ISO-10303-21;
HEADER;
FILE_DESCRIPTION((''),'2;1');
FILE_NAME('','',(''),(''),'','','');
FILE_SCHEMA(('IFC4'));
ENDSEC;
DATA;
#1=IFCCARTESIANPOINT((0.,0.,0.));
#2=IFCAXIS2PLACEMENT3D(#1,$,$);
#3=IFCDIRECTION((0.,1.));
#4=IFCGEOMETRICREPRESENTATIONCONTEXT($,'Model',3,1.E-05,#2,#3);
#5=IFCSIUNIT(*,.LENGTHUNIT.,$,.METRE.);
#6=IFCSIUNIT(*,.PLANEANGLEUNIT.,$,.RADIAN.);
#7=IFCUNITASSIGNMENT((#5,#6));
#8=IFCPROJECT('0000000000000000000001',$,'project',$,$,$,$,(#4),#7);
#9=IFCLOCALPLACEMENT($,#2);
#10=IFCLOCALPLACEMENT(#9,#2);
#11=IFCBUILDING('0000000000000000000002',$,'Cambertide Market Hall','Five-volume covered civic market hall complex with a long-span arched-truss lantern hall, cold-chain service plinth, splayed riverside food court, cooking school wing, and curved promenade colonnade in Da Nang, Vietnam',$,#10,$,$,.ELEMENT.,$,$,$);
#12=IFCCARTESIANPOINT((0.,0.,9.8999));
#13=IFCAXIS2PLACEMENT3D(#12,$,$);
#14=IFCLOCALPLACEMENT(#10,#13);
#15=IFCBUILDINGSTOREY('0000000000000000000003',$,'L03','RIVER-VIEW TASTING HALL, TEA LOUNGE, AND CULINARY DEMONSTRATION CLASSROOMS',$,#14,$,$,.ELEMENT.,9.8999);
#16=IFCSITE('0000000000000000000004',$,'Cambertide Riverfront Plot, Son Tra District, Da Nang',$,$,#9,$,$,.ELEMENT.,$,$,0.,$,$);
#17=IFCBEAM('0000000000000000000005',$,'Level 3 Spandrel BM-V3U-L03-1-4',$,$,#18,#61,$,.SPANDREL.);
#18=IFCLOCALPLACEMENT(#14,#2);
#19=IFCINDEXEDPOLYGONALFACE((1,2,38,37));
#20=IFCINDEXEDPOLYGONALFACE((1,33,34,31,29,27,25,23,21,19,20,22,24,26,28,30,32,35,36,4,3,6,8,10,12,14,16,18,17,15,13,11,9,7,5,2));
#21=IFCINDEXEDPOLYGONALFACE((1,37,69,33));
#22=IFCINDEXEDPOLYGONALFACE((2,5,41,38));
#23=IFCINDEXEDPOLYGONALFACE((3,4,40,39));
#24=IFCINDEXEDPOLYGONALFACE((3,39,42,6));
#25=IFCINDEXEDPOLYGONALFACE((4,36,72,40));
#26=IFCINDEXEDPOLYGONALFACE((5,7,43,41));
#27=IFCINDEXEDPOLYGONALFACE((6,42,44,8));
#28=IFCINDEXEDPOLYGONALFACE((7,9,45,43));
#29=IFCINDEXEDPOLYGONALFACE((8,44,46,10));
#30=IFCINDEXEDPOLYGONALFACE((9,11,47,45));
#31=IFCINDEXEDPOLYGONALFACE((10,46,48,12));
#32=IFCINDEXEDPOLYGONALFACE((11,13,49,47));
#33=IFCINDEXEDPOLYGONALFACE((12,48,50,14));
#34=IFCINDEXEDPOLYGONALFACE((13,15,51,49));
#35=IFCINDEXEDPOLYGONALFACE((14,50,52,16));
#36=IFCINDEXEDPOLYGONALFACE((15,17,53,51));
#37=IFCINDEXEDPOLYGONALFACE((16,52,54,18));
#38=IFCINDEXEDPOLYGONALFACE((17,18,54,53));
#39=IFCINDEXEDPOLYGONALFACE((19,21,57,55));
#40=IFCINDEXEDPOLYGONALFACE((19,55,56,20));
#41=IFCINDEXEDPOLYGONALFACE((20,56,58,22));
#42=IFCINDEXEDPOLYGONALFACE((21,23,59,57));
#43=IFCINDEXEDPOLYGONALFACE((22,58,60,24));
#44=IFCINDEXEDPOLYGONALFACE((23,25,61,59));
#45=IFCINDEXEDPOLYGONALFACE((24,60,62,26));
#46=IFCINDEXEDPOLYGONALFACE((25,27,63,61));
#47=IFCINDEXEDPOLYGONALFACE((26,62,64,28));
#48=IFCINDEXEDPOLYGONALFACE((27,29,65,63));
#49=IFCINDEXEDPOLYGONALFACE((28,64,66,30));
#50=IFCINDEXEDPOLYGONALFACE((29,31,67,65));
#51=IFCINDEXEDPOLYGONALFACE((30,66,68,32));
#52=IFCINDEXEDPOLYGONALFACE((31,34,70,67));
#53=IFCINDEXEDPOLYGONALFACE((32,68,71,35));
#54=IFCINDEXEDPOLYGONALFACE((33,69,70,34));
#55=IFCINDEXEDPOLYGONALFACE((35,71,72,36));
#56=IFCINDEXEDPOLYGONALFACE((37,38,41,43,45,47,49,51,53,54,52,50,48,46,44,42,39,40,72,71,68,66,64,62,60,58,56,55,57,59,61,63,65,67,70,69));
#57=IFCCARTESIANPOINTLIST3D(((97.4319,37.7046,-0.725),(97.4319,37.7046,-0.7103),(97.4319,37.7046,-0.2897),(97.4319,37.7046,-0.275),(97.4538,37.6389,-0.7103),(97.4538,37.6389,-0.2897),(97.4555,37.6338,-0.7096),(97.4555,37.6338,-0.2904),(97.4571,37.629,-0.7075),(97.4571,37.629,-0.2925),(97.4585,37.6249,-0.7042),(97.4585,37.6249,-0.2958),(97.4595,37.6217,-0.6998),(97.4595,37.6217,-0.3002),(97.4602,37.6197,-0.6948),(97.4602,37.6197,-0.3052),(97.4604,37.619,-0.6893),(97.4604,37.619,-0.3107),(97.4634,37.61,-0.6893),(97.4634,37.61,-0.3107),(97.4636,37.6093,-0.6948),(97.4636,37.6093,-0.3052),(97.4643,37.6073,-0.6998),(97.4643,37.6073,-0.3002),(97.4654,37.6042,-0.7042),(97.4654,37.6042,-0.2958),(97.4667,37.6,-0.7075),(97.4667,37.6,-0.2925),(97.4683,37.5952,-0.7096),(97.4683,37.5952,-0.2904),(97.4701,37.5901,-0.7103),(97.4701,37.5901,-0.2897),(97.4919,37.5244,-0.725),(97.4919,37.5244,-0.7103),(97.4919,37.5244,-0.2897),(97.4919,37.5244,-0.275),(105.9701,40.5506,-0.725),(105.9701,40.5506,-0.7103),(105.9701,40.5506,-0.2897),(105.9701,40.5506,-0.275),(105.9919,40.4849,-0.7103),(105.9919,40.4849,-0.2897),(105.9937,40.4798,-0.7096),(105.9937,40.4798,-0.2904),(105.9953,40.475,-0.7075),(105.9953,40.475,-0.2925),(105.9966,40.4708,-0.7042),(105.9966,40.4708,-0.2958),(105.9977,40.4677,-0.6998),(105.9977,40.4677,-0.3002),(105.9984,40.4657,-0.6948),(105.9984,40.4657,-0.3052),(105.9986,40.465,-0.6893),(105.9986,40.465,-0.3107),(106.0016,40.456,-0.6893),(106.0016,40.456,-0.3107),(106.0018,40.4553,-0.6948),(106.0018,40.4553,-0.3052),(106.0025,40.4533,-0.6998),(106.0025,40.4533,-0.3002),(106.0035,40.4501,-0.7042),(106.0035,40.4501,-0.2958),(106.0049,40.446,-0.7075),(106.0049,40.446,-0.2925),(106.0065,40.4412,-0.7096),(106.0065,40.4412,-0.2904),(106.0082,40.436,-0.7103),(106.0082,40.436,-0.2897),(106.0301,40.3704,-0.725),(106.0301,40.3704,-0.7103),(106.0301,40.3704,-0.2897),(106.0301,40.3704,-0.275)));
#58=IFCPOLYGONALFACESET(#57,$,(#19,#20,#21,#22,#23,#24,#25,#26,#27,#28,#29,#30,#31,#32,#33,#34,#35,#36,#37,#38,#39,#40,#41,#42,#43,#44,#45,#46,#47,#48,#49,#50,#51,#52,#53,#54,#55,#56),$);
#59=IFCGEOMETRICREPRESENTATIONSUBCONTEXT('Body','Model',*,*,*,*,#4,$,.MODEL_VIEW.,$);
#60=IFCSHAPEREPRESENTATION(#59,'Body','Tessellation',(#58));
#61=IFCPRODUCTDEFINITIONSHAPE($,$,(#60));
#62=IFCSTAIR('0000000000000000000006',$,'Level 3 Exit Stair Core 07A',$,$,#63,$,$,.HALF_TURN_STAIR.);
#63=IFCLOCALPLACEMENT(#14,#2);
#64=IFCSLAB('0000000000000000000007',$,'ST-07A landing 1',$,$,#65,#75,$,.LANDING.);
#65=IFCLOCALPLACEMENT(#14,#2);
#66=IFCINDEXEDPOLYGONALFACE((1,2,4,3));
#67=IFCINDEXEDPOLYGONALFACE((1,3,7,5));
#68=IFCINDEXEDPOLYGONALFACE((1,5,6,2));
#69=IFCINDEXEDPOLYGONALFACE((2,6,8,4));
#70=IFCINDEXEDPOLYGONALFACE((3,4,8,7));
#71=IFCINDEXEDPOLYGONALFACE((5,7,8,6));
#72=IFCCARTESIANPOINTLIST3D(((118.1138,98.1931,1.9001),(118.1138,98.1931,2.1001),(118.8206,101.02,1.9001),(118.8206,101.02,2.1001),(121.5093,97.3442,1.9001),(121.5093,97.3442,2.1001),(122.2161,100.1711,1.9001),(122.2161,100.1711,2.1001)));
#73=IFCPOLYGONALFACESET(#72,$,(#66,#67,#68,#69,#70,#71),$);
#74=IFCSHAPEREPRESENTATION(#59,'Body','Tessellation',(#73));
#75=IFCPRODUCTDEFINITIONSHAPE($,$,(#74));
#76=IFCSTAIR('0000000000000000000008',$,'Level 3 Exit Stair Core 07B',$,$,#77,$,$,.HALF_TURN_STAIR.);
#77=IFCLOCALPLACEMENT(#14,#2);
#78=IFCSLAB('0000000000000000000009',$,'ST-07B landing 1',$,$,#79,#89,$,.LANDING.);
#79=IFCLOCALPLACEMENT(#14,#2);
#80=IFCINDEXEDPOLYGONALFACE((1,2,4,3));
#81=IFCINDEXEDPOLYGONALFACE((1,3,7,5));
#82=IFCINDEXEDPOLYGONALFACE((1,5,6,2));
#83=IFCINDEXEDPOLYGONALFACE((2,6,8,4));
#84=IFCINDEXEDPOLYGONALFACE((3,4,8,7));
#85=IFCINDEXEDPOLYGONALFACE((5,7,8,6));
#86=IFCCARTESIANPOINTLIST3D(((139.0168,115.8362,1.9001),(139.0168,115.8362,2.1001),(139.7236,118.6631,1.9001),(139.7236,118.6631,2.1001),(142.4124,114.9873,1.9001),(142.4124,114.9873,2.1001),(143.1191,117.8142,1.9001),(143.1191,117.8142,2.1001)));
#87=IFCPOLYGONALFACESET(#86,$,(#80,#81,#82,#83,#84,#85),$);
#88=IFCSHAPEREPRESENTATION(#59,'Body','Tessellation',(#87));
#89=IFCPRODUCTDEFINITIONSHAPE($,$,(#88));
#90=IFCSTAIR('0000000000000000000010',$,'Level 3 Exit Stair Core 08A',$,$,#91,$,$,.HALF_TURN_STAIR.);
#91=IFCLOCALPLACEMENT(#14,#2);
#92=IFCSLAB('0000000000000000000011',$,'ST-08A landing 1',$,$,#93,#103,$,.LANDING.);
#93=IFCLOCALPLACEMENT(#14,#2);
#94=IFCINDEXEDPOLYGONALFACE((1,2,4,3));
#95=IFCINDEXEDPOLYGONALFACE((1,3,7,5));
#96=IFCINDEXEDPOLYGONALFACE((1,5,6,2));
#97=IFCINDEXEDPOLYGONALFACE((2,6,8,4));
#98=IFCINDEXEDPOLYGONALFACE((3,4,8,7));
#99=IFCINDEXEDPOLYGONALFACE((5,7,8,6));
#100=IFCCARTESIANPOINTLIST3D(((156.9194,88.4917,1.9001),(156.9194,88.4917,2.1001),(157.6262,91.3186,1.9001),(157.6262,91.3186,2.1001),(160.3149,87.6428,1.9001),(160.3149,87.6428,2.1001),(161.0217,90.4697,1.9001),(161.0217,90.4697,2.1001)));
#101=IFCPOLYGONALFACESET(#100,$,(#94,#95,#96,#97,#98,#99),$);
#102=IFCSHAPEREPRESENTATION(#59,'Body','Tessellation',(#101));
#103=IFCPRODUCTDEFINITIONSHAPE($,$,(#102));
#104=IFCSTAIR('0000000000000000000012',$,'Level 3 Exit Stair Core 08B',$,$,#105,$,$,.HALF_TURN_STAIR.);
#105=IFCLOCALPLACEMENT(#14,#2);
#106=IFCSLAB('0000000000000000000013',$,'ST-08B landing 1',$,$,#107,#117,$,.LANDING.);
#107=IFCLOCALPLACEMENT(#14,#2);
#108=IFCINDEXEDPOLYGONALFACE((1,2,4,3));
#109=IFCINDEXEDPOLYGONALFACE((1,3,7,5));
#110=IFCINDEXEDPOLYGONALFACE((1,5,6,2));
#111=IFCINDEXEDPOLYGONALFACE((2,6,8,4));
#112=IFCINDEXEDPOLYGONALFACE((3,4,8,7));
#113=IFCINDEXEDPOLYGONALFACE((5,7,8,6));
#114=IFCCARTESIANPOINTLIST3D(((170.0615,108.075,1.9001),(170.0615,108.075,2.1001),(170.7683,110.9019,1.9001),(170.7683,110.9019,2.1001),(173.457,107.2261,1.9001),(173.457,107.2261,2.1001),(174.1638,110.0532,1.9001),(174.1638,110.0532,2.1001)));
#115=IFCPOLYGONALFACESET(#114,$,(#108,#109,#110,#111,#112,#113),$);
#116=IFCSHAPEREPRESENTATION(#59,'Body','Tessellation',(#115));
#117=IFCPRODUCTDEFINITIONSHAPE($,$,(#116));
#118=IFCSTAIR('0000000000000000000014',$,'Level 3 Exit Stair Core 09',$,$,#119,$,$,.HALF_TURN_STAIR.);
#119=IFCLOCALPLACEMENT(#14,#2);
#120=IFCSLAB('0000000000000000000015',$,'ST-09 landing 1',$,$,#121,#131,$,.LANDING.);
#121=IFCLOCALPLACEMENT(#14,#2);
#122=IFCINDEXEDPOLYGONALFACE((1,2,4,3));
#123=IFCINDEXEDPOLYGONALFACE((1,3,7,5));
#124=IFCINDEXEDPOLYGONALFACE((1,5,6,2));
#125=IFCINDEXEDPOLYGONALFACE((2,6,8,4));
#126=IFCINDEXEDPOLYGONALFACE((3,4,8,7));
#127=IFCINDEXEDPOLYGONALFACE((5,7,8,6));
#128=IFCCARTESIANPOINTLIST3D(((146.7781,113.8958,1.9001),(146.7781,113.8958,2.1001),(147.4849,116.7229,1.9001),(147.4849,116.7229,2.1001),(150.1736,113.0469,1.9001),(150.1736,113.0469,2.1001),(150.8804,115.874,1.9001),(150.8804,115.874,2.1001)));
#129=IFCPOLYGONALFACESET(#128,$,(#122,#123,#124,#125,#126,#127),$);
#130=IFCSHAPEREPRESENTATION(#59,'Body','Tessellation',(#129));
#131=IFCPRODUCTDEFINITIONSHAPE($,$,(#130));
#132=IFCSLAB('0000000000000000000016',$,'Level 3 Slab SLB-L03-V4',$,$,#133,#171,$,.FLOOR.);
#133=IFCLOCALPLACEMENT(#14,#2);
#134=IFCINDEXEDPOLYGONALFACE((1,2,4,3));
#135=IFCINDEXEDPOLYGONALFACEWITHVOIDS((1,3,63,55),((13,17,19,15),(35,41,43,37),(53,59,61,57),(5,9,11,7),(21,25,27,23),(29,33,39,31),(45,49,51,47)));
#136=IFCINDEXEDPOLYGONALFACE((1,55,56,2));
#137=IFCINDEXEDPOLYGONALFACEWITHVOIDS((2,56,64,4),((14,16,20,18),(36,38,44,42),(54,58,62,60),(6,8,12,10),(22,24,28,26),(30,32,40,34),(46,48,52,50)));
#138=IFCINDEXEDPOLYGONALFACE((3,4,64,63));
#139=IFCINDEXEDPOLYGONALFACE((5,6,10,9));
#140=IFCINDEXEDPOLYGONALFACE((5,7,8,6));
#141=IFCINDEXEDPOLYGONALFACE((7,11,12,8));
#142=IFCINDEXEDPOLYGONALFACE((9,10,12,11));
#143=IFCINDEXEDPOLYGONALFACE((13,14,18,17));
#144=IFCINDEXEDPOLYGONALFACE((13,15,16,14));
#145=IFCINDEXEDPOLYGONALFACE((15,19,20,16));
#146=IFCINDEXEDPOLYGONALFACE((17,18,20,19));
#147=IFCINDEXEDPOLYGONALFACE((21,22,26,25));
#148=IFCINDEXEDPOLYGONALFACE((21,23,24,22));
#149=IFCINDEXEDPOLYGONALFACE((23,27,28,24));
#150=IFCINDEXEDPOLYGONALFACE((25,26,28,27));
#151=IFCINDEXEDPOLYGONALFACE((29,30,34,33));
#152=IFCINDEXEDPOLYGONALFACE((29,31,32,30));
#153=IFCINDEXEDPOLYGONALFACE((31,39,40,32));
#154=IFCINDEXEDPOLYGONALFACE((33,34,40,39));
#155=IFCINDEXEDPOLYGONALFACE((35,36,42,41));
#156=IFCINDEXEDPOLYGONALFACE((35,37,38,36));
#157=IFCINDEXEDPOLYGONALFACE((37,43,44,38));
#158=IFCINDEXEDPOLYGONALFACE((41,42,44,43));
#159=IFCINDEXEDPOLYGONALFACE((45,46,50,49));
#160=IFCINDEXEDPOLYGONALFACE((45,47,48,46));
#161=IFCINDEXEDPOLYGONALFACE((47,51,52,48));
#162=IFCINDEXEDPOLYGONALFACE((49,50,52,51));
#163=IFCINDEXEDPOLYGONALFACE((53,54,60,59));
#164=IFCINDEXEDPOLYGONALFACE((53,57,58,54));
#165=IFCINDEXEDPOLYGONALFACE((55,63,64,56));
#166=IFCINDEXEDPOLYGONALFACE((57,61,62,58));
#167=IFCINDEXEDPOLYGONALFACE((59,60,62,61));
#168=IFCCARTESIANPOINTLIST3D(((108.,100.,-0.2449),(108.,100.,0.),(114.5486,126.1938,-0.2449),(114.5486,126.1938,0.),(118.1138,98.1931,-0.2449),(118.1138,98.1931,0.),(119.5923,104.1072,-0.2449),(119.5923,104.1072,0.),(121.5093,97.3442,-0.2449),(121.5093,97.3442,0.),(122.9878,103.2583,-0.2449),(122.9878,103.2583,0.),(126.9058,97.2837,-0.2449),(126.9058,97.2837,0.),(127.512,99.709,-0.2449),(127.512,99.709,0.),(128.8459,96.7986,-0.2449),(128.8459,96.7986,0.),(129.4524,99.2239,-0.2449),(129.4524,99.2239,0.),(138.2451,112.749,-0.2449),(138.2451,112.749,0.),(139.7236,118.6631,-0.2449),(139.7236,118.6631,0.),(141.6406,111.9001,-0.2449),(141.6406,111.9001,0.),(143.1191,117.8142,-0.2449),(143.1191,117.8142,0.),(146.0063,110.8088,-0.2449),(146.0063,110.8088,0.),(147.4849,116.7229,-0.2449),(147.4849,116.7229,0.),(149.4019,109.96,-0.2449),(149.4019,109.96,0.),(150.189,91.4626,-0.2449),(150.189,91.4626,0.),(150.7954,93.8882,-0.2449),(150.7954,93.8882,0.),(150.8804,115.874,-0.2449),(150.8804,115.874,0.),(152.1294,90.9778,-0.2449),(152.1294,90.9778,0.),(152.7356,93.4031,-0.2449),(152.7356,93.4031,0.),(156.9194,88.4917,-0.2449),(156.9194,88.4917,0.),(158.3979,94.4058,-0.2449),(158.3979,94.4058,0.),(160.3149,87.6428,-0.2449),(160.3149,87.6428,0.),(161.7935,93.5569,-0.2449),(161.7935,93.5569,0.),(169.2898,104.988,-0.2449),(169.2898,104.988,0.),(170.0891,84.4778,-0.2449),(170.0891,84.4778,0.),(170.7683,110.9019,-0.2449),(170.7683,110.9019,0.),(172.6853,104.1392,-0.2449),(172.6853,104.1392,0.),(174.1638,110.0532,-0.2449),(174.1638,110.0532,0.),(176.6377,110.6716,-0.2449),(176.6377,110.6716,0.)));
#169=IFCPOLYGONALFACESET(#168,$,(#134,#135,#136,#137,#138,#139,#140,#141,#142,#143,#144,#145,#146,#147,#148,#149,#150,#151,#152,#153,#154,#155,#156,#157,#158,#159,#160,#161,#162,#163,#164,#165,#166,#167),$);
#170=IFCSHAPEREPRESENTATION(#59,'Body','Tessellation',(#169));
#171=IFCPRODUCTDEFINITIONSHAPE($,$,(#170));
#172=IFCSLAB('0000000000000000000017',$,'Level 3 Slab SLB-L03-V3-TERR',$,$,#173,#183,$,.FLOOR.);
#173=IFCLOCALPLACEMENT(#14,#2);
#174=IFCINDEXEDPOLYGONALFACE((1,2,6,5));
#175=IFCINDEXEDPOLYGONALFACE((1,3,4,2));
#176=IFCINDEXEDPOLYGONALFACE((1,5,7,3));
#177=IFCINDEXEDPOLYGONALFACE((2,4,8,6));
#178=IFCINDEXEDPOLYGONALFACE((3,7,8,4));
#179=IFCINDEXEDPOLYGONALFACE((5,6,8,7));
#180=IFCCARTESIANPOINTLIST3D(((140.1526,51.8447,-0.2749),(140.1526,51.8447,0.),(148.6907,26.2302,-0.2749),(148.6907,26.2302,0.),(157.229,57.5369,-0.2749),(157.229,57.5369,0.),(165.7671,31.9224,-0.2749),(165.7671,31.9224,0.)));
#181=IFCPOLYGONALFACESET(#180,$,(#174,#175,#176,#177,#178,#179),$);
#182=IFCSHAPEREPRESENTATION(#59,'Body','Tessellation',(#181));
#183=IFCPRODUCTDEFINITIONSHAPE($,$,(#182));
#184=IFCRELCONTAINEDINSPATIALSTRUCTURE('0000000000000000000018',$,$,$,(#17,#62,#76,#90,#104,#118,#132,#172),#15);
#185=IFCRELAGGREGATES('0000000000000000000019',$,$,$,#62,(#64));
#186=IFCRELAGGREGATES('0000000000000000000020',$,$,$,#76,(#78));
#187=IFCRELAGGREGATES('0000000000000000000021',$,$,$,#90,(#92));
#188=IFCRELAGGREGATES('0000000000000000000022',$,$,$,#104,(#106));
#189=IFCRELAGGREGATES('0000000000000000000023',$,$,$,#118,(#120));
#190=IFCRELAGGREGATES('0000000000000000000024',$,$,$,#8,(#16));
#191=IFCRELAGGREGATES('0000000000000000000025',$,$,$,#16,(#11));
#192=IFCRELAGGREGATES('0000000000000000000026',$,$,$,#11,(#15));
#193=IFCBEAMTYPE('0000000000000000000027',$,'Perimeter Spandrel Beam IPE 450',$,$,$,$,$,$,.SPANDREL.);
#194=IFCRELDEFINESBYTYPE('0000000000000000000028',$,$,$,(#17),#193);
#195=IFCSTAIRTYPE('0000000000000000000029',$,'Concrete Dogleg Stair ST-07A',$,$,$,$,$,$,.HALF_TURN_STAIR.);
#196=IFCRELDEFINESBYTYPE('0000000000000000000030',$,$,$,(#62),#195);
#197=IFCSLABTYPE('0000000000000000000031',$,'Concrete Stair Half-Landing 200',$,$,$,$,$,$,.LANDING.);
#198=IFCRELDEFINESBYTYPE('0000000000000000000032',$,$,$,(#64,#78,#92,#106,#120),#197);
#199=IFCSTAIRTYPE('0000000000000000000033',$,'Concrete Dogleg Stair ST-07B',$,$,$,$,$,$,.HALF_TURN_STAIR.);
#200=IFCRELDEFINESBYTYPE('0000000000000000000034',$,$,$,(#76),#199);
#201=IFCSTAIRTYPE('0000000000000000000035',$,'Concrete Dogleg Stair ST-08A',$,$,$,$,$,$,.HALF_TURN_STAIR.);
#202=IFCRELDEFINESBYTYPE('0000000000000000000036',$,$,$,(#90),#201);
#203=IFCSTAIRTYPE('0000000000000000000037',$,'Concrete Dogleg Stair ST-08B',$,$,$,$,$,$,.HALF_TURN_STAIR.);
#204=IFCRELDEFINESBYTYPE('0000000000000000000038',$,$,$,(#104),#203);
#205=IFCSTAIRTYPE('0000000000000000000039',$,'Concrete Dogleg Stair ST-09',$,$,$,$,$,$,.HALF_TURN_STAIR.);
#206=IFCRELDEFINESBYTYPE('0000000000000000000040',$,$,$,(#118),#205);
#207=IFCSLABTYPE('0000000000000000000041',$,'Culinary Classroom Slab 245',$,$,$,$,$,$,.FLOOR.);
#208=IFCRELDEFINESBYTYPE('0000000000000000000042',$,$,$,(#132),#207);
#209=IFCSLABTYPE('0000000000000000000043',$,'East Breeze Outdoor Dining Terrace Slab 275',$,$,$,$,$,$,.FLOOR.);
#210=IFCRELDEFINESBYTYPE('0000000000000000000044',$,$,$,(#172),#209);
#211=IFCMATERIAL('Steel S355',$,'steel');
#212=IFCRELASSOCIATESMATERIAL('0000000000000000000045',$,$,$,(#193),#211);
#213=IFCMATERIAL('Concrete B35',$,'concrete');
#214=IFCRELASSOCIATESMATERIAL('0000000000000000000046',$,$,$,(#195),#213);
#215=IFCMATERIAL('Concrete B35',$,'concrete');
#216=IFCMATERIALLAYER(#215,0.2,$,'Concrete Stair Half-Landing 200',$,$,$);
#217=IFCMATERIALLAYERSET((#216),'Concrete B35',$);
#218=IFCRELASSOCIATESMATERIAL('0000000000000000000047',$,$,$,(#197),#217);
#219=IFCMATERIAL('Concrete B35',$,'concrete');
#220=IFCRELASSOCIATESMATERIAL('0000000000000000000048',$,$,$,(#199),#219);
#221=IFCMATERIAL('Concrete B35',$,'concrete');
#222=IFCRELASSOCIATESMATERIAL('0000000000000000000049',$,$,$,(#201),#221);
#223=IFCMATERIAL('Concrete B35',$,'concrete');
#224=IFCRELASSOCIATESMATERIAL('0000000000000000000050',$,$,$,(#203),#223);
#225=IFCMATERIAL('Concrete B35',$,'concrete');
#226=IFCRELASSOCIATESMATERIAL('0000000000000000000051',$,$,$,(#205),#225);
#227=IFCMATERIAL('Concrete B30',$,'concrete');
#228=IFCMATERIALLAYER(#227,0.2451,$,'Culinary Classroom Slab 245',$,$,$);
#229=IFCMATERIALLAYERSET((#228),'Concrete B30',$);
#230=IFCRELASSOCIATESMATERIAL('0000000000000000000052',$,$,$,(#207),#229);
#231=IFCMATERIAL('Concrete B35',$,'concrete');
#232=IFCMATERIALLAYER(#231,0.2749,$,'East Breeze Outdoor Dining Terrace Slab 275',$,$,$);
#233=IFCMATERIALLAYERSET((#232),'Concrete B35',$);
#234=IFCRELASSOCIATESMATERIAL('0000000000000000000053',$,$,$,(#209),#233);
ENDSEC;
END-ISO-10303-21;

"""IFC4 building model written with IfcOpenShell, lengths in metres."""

from ifc_helpers import new_model, si_unit, direction, frame, origin, origin_2d, place, context, subcontext, project, spatial, polyline, i_section, outline, extrude, material, layer, layer_set, material_profile, profile_set, type_object, element, aggregate, save


model = new_model("IFC4")

# Units and contexts
model_context = context("Model", 3, precision=1e-05, world=origin(), true_north=direction((0.0, 1.0)))
body_context = subcontext(model_context, "Body", "Model", "MODEL_VIEW")
ifc_project = project(units=[si_unit("LENGTHUNIT", "METRE"), si_unit("PLANEANGLEUNIT", "RADIAN")], contexts=[model_context])

# Site, building, storey
site_placement = place(None, origin())
site = spatial("IfcSite", under=ifc_project, at=site_placement, Name="Cambertide Riverfront Plot, Son Tra District, Da Nang", CompositionType="ELEMENT", RefElevation=0.0)
building_placement = place(site_placement, origin())
building = spatial("IfcBuilding", under=site, at=building_placement, Name="Cambertide Market Hall", Description="Five-volume covered civic market hall complex with a long-span arched-truss lantern hall, cold-chain service plinth, splayed riverside food court, cooking school wing, and curved promenade colonnade in Da Nang, Vietnam", CompositionType="ELEMENT")
storey_placement = place(building_placement, frame((0.0, 0.0, 9.8999)))
storey = spatial("IfcBuildingStorey", under=building, at=storey_placement, Name="L03", Description="RIVER-VIEW TASTING HALL, TEA LOUNGE, AND CULINARY DEMONSTRATION CLASSROOMS", CompositionType="ELEMENT", Elevation=9.8999)

# Beam
ifc_material_1 = material(Name="Steel S355", Category="steel")
ifc_material_profile_1 = material_profile(ifc_material_1, i_section(OverallWidth=0.1899, OverallDepth=0.45, WebThickness=0.0095, FlangeThickness=0.0146, FilletRadius=0.021, at=origin_2d()), Name="IPE 450")
ifc_profile_set_1 = profile_set([ifc_material_profile_1], Name="Steel S355")
beam_type_1 = type_object("IfcBeamType", Name="Perimeter Spandrel Beam IPE 450", PredefinedType="SPANDREL", material=ifc_profile_set_1)
beam_1_placement = place(storey_placement, frame((97.4619, 37.6145, -0.5), z_axis=(0.948686, 0.31622, 0.0), x_axis=(-0.31622, 0.948686, 0.0)))
element("IfcBeam", 1, at=beam_1_placement, inside=storey, type_object=beam_type_1, Name="Level 3 Spandrel BM-V3U-L03-1-4", PredefinedType="SPANDREL", context=body_context, shape_type="SweptSolid", body=[
    extrude(i_section(OverallWidth=0.1899, OverallDepth=0.45, WebThickness=0.0095, FlangeThickness=0.0146, FilletRadius=0.021, at=origin_2d()), origin(), (0.0, 0.0, 1.0), 9.0),
])

# Stairs, slabs
ifc_material_2 = material(Name="Concrete B35", Category="concrete")
stair_type_1 = type_object("IfcStairType", Name="Concrete Dogleg Stair ST-07A", PredefinedType="HALF_TURN_STAIR", material=ifc_material_2)
stair_1_placement = place(storey_placement, origin())
stair_1 = element("IfcStair", 2, at=stair_1_placement, inside=storey, type_object=stair_type_1, Name="Level 3 Exit Stair Core 07A", PredefinedType="HALF_TURN_STAIR")
ifc_material_3 = material(Name="Concrete B35", Category="concrete")
ifc_layer_1 = layer(ifc_material_3, 0.2, Name="Concrete Stair Half-Landing 200")
ifc_layer_set_1 = layer_set([ifc_layer_1], Name="Concrete B35")
slab_type_1 = type_object("IfcSlabType", Name="Concrete Stair Half-Landing 200", PredefinedType="LANDING", material=ifc_layer_set_1)
slab_1_placement = place(storey_placement, frame((0.0, 0.0, 1.9001)))
slab_1 = element("IfcSlab", 3, at=slab_1_placement, type_object=slab_type_1, Name="ST-07A landing 1", PredefinedType="LANDING", context=body_context, shape_type="SweptSolid", body=[
    extrude(outline(polyline([(118.8206, 101.02), (118.1138, 98.1931), (121.5093, 97.3442), (122.2161, 100.1711), (118.8206, 101.02)])), origin(), (0.0, 0.0, 1.0), 0.2),
])
aggregate(stair_1, [slab_1])
ifc_material_4 = material(Name="Concrete B35", Category="concrete")
stair_type_2 = type_object("IfcStairType", Name="Concrete Dogleg Stair ST-07B", PredefinedType="HALF_TURN_STAIR", material=ifc_material_4)
stair_2_placement = place(storey_placement, origin())
stair_2 = element("IfcStair", 4, at=stair_2_placement, inside=storey, type_object=stair_type_2, Name="Level 3 Exit Stair Core 07B", PredefinedType="HALF_TURN_STAIR")
slab_2_placement = place(storey_placement, frame((0.0, 0.0, 1.9001)))
slab_2 = element("IfcSlab", 5, at=slab_2_placement, type_object=slab_type_1, Name="ST-07B landing 1", PredefinedType="LANDING", context=body_context, shape_type="SweptSolid", body=[
    extrude(outline(polyline([(142.4124, 114.9873), (143.1191, 117.8142), (139.7236, 118.6631), (139.0168, 115.8362), (142.4124, 114.9873)])), origin(), (0.0, 0.0, 1.0), 0.2),
])
aggregate(stair_2, [slab_2])
ifc_material_5 = material(Name="Concrete B35", Category="concrete")
stair_type_3 = type_object("IfcStairType", Name="Concrete Dogleg Stair ST-08A", PredefinedType="HALF_TURN_STAIR", material=ifc_material_5)
stair_3_placement = place(storey_placement, origin())
stair_3 = element("IfcStair", 6, at=stair_3_placement, inside=storey, type_object=stair_type_3, Name="Level 3 Exit Stair Core 08A", PredefinedType="HALF_TURN_STAIR")
slab_3_placement = place(storey_placement, frame((0.0, 0.0, 1.9001)))
slab_3 = element("IfcSlab", 7, at=slab_3_placement, type_object=slab_type_1, Name="ST-08A landing 1", PredefinedType="LANDING", context=body_context, shape_type="SweptSolid", body=[
    extrude(outline(polyline([(157.6262, 91.3186), (156.9194, 88.4917), (160.3149, 87.6428), (161.0217, 90.4697), (157.6262, 91.3186)])), origin(), (0.0, 0.0, 1.0), 0.2),
])
aggregate(stair_3, [slab_3])
ifc_material_6 = material(Name="Concrete B35", Category="concrete")
stair_type_4 = type_object("IfcStairType", Name="Concrete Dogleg Stair ST-08B", PredefinedType="HALF_TURN_STAIR", material=ifc_material_6)
stair_4_placement = place(storey_placement, origin())
stair_4 = element("IfcStair", 8, at=stair_4_placement, inside=storey, type_object=stair_type_4, Name="Level 3 Exit Stair Core 08B", PredefinedType="HALF_TURN_STAIR")
slab_4_placement = place(storey_placement, frame((0.0, 0.0, 1.9001)))
slab_4 = element("IfcSlab", 9, at=slab_4_placement, type_object=slab_type_1, Name="ST-08B landing 1", PredefinedType="LANDING", context=body_context, shape_type="SweptSolid", body=[
    extrude(outline(polyline([(173.457, 107.2261), (174.1638, 110.0532), (170.7683, 110.9019), (170.0615, 108.075), (173.457, 107.2261)])), origin(), (0.0, 0.0, 1.0), 0.2),
])
aggregate(stair_4, [slab_4])
ifc_material_7 = material(Name="Concrete B35", Category="concrete")
stair_type_5 = type_object("IfcStairType", Name="Concrete Dogleg Stair ST-09", PredefinedType="HALF_TURN_STAIR", material=ifc_material_7)
stair_5_placement = place(storey_placement, origin())
stair_5 = element("IfcStair", 10, at=stair_5_placement, inside=storey, type_object=stair_type_5, Name="Level 3 Exit Stair Core 09", PredefinedType="HALF_TURN_STAIR")
slab_5_placement = place(storey_placement, frame((0.0, 0.0, 1.9001)))
slab_5 = element("IfcSlab", 11, at=slab_5_placement, type_object=slab_type_1, Name="ST-09 landing 1", PredefinedType="LANDING", context=body_context, shape_type="SweptSolid", body=[
    extrude(outline(polyline([(150.1736, 113.0469), (150.8804, 115.874), (147.4849, 116.7229), (146.7781, 113.8958), (150.1736, 113.0469)])), origin(), (0.0, 0.0, 1.0), 0.2),
])
aggregate(stair_5, [slab_5])

# Slabs
ifc_material_8 = material(Name="Concrete B30", Category="concrete")
ifc_layer_2 = layer(ifc_material_8, 0.2451, Name="Culinary Classroom Slab 245")
ifc_layer_set_2 = layer_set([ifc_layer_2], Name="Concrete B30")
slab_type_2 = type_object("IfcSlabType", Name="Culinary Classroom Slab 245", PredefinedType="FLOOR", material=ifc_layer_set_2)
slab_6_placement = place(storey_placement, frame((0.0, 0.0, -0.2449)))
element("IfcSlab", 12, at=slab_6_placement, inside=storey, type_object=slab_type_2, Name="Level 3 Slab SLB-L03-V4", PredefinedType="FLOOR", context=body_context, shape_type="SweptSolid", body=[
    extrude(outline(polyline([(108.0, 100.0), (170.0891, 84.4778), (176.6377, 110.6716), (114.5486, 126.1938), (108.0, 100.0)]), holes=[polyline([(122.9878, 103.2583), (121.5093, 97.3442), (118.1138, 98.1931), (119.5923, 104.1072), (122.9878, 103.2583)]), polyline([(138.2451, 112.749), (139.7236, 118.6631), (143.1191, 117.8142), (141.6406, 111.9001), (138.2451, 112.749)]), polyline([(161.7935, 93.5569), (160.3149, 87.6428), (156.9194, 88.4917), (158.3979, 94.4058), (161.7935, 93.5569)]), polyline([(169.2898, 104.988), (170.7683, 110.9019), (174.1638, 110.0532), (172.6853, 104.1392), (169.2898, 104.988)]), polyline([(146.0063, 110.8088), (147.4849, 116.7229), (150.8804, 115.874), (149.4019, 109.96), (146.0063, 110.8088)]), polyline([(127.512, 99.709), (129.4524, 99.2239), (128.8459, 96.7986), (126.9058, 97.2837), (127.512, 99.709)]), polyline([(150.7954, 93.8882), (152.7356, 93.4031), (152.1294, 90.9778), (150.189, 91.4626), (150.7954, 93.8882)])]), origin(), (0.0, 0.0, 1.0), 0.2449),
])
ifc_material_9 = material(Name="Concrete B35", Category="concrete")
ifc_layer_3 = layer(ifc_material_9, 0.2749, Name="East Breeze Outdoor Dining Terrace Slab 275")
ifc_layer_set_3 = layer_set([ifc_layer_3], Name="Concrete B35")
slab_type_3 = type_object("IfcSlabType", Name="East Breeze Outdoor Dining Terrace Slab 275", PredefinedType="FLOOR", material=ifc_layer_set_3)
slab_7_placement = place(storey_placement, frame((0.0, 0.0, -0.2749)))
element("IfcSlab", 13, at=slab_7_placement, inside=storey, type_object=slab_type_3, Name="Level 3 Slab SLB-L03-V3-TERR", PredefinedType="FLOOR", context=body_context, shape_type="SweptSolid", body=[
    extrude(outline(polyline([(148.6907, 26.2302), (165.7671, 31.9224), (157.229, 57.5369), (140.1526, 51.8447), (148.6907, 26.2302)])), origin(), (0.0, 0.0, 1.0), 0.2749),
])

save(model, "model.ifc")
